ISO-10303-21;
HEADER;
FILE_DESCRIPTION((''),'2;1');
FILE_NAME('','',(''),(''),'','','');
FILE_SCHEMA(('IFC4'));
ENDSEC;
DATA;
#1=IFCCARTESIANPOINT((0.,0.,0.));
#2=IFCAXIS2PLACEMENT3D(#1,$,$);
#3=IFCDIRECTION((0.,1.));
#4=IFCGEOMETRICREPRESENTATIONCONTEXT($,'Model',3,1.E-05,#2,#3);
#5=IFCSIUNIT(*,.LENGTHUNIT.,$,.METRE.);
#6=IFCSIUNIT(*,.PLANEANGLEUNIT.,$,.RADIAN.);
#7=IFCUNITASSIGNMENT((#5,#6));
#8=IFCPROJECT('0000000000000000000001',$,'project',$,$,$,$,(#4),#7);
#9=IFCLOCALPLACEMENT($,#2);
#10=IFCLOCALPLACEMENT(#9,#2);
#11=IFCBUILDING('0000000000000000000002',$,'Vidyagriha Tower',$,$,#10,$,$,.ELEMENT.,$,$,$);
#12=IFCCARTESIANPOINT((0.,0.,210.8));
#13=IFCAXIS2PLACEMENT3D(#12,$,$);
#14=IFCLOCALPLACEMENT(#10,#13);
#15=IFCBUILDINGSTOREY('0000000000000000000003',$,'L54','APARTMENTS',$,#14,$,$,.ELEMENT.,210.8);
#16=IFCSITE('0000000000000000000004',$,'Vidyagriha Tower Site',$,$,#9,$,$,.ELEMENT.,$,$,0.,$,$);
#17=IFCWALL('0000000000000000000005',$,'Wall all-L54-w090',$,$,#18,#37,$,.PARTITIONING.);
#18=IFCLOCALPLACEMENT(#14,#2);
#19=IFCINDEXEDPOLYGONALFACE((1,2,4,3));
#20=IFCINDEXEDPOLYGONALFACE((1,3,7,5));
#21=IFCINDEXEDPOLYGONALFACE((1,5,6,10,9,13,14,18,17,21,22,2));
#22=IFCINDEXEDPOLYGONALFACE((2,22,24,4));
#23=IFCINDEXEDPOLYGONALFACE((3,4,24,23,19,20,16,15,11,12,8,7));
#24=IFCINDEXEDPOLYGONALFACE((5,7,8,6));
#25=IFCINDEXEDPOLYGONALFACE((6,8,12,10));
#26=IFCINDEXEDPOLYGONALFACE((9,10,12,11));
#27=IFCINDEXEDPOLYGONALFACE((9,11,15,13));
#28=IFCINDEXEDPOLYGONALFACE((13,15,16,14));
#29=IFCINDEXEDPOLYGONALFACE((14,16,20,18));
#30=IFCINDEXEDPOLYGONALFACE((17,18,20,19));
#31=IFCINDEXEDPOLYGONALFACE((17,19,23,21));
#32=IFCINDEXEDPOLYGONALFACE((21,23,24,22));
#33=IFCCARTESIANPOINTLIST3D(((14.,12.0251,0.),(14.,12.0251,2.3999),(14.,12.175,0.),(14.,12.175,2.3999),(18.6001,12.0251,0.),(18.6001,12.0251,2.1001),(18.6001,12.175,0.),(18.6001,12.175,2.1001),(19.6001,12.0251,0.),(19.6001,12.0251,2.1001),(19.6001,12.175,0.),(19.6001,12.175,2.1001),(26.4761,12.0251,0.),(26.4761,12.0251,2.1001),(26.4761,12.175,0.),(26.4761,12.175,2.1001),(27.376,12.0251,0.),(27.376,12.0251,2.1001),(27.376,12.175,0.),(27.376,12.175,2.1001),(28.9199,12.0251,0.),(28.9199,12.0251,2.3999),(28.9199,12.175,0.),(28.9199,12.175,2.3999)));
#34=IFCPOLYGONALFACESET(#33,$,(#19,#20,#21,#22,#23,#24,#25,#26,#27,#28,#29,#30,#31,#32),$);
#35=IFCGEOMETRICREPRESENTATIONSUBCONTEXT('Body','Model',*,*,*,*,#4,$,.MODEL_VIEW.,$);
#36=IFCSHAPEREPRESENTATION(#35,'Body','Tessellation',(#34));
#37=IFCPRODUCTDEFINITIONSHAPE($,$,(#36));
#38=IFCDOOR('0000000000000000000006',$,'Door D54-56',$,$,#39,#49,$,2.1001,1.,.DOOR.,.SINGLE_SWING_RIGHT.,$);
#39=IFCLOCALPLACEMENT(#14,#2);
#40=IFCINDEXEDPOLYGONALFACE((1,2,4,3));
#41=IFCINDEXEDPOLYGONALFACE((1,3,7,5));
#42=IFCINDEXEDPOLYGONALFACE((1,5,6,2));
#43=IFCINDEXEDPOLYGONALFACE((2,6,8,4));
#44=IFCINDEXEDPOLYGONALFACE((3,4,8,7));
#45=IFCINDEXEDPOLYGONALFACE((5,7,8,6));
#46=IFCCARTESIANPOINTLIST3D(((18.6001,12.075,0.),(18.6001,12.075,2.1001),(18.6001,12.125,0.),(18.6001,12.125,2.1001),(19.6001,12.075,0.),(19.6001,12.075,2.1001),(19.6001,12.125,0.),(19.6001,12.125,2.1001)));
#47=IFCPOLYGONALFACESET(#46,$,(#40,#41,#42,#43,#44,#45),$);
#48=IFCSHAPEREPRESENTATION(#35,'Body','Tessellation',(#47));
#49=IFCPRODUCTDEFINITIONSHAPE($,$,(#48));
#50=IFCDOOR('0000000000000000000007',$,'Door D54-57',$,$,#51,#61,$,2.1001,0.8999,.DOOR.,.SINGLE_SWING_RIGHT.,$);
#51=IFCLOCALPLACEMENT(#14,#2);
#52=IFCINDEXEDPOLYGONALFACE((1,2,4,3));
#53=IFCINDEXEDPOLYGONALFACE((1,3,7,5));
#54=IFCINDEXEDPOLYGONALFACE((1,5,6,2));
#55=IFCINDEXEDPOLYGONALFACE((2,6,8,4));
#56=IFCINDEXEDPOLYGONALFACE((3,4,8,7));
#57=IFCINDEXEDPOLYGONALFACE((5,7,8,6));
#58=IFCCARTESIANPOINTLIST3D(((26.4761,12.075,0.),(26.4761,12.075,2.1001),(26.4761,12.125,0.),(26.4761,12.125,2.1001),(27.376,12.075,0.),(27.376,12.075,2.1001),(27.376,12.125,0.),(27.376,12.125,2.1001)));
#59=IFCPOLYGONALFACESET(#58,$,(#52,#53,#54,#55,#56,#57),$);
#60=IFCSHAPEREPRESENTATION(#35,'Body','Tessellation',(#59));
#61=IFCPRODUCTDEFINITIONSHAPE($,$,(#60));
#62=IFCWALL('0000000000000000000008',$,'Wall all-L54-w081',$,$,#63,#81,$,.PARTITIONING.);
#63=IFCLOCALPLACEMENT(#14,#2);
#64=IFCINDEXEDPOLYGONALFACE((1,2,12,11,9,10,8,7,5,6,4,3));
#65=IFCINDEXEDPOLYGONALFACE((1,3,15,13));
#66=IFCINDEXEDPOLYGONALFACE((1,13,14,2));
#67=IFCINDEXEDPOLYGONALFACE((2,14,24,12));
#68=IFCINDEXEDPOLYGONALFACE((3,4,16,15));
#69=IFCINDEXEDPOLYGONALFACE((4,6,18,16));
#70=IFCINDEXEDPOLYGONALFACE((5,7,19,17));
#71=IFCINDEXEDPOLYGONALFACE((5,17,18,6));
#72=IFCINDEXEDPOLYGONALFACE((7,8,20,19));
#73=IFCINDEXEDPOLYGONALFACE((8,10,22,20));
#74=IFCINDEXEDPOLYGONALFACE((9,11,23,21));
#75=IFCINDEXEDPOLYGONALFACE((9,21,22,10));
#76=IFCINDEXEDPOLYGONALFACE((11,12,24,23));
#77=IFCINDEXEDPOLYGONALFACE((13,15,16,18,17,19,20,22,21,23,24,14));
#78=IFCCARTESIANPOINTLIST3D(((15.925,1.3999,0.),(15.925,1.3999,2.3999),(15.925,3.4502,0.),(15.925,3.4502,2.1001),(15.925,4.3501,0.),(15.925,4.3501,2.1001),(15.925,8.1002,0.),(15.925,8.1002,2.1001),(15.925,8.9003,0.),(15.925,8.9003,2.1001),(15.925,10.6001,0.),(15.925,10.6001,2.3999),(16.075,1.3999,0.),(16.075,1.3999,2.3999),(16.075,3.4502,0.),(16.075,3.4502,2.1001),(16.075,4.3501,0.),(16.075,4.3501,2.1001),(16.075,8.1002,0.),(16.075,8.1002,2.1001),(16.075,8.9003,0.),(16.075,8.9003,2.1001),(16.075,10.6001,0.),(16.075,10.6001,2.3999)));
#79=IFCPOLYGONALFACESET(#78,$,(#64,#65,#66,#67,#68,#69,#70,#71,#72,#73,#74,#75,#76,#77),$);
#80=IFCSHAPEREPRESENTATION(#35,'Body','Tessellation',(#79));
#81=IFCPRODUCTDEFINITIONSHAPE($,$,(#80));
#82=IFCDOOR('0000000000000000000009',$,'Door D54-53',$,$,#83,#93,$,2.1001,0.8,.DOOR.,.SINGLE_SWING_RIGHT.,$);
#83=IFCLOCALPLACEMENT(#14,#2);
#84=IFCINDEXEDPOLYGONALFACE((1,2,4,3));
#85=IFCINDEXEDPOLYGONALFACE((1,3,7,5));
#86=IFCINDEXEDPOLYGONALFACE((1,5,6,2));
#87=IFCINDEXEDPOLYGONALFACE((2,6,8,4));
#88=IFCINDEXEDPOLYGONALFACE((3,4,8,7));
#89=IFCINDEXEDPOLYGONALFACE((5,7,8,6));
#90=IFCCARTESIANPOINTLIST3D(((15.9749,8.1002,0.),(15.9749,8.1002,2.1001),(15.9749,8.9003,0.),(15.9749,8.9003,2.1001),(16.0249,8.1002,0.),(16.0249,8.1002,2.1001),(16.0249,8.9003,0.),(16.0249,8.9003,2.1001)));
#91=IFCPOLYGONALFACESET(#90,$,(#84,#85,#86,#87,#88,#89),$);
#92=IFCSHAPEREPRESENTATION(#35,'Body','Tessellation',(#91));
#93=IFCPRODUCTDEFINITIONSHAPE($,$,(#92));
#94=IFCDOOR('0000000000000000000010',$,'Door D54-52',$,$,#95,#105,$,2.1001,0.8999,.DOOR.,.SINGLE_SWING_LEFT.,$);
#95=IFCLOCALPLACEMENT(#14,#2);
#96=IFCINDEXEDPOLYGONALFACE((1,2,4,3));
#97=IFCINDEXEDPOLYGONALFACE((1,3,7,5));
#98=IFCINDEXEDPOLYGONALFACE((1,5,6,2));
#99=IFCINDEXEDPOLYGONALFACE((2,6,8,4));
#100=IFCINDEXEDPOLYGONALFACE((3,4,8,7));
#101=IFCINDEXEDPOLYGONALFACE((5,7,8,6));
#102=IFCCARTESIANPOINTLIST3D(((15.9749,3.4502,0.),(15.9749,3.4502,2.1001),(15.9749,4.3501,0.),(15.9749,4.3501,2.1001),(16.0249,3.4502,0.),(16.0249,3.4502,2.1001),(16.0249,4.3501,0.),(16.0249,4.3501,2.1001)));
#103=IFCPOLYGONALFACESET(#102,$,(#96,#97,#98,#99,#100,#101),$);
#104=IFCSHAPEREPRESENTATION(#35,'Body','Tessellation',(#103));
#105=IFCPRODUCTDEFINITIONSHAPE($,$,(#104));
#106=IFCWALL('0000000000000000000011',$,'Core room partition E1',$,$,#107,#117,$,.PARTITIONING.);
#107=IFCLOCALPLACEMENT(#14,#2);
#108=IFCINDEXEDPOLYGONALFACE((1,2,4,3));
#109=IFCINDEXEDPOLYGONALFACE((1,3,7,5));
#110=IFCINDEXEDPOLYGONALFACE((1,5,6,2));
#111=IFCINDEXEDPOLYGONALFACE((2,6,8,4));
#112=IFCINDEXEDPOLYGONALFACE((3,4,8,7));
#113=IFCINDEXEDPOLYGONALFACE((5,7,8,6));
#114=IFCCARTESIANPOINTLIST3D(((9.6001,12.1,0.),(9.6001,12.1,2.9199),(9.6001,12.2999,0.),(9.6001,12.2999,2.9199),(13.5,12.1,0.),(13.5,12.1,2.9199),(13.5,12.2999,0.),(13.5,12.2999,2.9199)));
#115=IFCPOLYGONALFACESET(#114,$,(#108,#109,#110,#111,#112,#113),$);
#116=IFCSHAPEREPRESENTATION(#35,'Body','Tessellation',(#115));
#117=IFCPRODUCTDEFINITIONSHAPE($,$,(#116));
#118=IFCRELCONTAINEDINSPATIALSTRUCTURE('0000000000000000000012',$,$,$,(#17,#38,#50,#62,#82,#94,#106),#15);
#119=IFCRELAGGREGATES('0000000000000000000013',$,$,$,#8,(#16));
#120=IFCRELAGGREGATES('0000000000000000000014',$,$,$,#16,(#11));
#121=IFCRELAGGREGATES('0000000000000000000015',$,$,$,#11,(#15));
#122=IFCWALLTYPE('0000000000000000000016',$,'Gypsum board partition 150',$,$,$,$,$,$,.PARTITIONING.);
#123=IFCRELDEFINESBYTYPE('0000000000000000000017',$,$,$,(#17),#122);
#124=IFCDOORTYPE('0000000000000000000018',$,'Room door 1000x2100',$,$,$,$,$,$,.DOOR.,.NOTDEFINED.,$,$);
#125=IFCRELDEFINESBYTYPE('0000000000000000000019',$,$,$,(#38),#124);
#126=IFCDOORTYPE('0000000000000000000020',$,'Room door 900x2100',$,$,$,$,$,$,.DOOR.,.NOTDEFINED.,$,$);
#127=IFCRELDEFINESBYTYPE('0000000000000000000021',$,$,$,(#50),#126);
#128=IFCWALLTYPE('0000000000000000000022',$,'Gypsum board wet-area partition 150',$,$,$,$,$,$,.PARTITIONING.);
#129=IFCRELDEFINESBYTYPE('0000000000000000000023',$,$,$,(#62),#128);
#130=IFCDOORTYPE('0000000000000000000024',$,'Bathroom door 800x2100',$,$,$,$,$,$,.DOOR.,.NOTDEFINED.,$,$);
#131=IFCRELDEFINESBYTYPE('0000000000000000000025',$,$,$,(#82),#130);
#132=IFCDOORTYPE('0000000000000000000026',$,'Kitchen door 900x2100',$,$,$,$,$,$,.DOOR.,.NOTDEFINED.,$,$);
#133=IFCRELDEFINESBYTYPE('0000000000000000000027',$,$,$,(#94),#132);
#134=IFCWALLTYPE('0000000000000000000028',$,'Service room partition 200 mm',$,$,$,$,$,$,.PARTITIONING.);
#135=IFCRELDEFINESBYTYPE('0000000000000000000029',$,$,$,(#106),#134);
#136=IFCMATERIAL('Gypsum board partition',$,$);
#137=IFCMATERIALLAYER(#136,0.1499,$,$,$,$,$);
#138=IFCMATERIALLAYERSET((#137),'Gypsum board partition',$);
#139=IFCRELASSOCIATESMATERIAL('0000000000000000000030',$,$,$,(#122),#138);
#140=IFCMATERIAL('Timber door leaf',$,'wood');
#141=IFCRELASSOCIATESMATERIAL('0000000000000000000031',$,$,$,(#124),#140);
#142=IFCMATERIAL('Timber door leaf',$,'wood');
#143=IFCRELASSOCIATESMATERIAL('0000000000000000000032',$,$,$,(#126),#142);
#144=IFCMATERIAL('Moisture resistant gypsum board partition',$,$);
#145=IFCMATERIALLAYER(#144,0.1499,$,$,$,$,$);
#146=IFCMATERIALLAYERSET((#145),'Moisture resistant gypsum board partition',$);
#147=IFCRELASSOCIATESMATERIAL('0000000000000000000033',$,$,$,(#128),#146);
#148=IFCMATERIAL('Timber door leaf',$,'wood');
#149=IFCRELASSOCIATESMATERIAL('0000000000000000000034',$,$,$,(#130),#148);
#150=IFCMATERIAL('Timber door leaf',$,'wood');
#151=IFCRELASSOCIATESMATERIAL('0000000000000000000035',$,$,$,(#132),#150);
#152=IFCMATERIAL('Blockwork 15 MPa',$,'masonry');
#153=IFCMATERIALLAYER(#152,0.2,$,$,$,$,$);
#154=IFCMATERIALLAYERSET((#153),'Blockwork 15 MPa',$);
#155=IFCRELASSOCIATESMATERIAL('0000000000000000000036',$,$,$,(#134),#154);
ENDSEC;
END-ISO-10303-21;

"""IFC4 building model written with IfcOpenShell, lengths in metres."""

from ifc_helpers import new_model, si_unit, direction, frame, frame_2d, origin, place, context, subcontext, project, spatial, rectangle, extrude, material, layer, layer_set, type_object, element, fill, save


model = new_model("IFC4")

# Units and contexts
model_context = context("Model", 3, precision=1e-05, world=origin(), true_north=direction((0.0, 1.0)))
body_context = subcontext(model_context, "Body", "Model", "MODEL_VIEW")
ifc_project = project(units=[si_unit("LENGTHUNIT", "METRE"), si_unit("PLANEANGLEUNIT", "RADIAN")], contexts=[model_context])

# Site, building, storey
site_placement = place(None, origin())
site = spatial("IfcSite", under=ifc_project, at=site_placement, Name="Vidyagriha Tower Site", CompositionType="ELEMENT", RefElevation=0.0)
building_placement = place(site_placement, origin())
building = spatial("IfcBuilding", under=site, at=building_placement, Name="Vidyagriha Tower", CompositionType="ELEMENT")
storey_placement = place(building_placement, frame((0.0, 0.0, 210.8)))
storey = spatial("IfcBuildingStorey", under=building, at=storey_placement, Name="L54", Description="APARTMENTS", CompositionType="ELEMENT", Elevation=210.8)

# Walls, openings, doors
ifc_material_1 = material(Name="Gypsum board partition")
ifc_layer_1 = layer(ifc_material_1, 0.1499)
ifc_layer_set_1 = layer_set([ifc_layer_1], Name="Gypsum board partition")
wall_type_1 = type_object("IfcWallType", Name="Gypsum board partition 150", PredefinedType="PARTITIONING", material=ifc_layer_set_1)
wall_1_placement = place(storey_placement, frame((14.0, 12.1001, 0.0)))
wall_1 = element("IfcWall", 1, at=wall_1_placement, inside=storey, type_object=wall_type_1, Name="Wall all-L54-w090", PredefinedType="PARTITIONING", context=body_context, shape_type="SweptSolid", body=[
    extrude(rectangle(XDim=14.9199, YDim=0.1499, at=frame_2d((7.46, 0.0))), origin(), (0.0, 0.0, 1.0), 2.3999),
])
opening_1_placement = place(wall_1_placement, frame((4.6001, 0.0, 0.0)))
opening_1 = element("IfcOpeningElement", 2, at=opening_1_placement, cuts=wall_1, PredefinedType="OPENING", context=body_context, shape_type="SweptSolid", body=[
    extrude(rectangle(XDim=1.0, YDim=2.1001, at=frame_2d((0.5, 1.05))), frame((0.0, 0.085, 0.0), z_axis=(0.0, -1.0, 0.0), x_axis=(1.0, 0.0, 0.0)), (0.0, 0.0, 1.0), 0.1699),
])
opening_2_placement = place(wall_1_placement, frame((12.4761, 0.0, 0.0)))
opening_2 = element("IfcOpeningElement", 3, at=opening_2_placement, cuts=wall_1, PredefinedType="OPENING", context=body_context, shape_type="SweptSolid", body=[
    extrude(rectangle(XDim=0.8999, YDim=2.1001, at=frame_2d((0.45, 1.05))), frame((0.0, 0.085, 0.0), z_axis=(0.0, -1.0, 0.0), x_axis=(1.0, 0.0, 0.0)), (0.0, 0.0, 1.0), 0.1699),
])
ifc_material_2 = material(Name="Timber door leaf", Category="wood")
door_type_1 = type_object("IfcDoorType", Name="Room door 1000x2100", OperationType="NOTDEFINED", PredefinedType="DOOR", material=ifc_material_2)
door_1_placement = place(opening_1_placement, origin())
door_1 = element("IfcDoor", 4, at=door_1_placement, inside=storey, type_object=door_type_1, Name="Door D54-56", OperationType="SINGLE_SWING_RIGHT", OverallHeight=2.1001, OverallWidth=1.0, PredefinedType="DOOR", context=body_context, shape_type="SweptSolid", body=[
    extrude(rectangle(XDim=1.0, YDim=2.1001, at=frame_2d((0.5, 1.05))), frame((0.0, 0.0249, 0.0), z_axis=(0.0, -1.0, 0.0), x_axis=(1.0, 0.0, 0.0)), (0.0, 0.0, 1.0), 0.05),
])
fill(opening_1, door_1)
ifc_material_3 = material(Name="Timber door leaf", Category="wood")
door_type_2 = type_object("IfcDoorType", Name="Room door 900x2100", OperationType="NOTDEFINED", PredefinedType="DOOR", material=ifc_material_3)
door_2_placement = place(opening_2_placement, origin())
door_2 = element("IfcDoor", 5, at=door_2_placement, inside=storey, type_object=door_type_2, Name="Door D54-57", OperationType="SINGLE_SWING_RIGHT", OverallHeight=2.1001, OverallWidth=0.8999, PredefinedType="DOOR", context=body_context, shape_type="SweptSolid", body=[
    extrude(rectangle(XDim=0.8999, YDim=2.1001, at=frame_2d((0.45, 1.05))), frame((0.0, 0.0249, 0.0), z_axis=(0.0, -1.0, 0.0), x_axis=(1.0, 0.0, 0.0)), (0.0, 0.0, 1.0), 0.05),
])
fill(opening_2, door_2)
ifc_material_4 = material(Name="Moisture resistant gypsum board partition")
ifc_layer_2 = layer(ifc_material_4, 0.1499)
ifc_layer_set_2 = layer_set([ifc_layer_2], Name="Moisture resistant gypsum board partition")
wall_type_2 = type_object("IfcWallType", Name="Gypsum board wet-area partition 150", PredefinedType="PARTITIONING", material=ifc_layer_set_2)
wall_2_placement = place(storey_placement, frame((16.0, 10.6001, 0.0), z_axis=(0.0, 0.0, 1.0), x_axis=(0.0, -1.0, 0.0)))
wall_2 = element("IfcWall", 6, at=wall_2_placement, inside=storey, type_object=wall_type_2, Name="Wall all-L54-w081", PredefinedType="PARTITIONING", context=body_context, shape_type="SweptSolid", body=[
    extrude(rectangle(XDim=9.2002, YDim=0.1499, at=frame_2d((4.6001, 0.0))), origin(), (0.0, 0.0, 1.0), 2.3999),
])
opening_3_placement = place(wall_2_placement, frame((6.25, 0.0, 0.0)))
opening_3 = element("IfcOpeningElement", 7, at=opening_3_placement, cuts=wall_2, PredefinedType="OPENING", context=body_context, shape_type="SweptSolid", body=[
    extrude(rectangle(XDim=0.8999, YDim=2.1001, at=frame_2d((0.45, 1.05))), frame((0.0, 0.085, 0.0), z_axis=(0.0, -1.0, 0.0), x_axis=(1.0, 0.0, 0.0)), (0.0, 0.0, 1.0), 0.1699),
])
opening_4_placement = place(wall_2_placement, frame((1.7, 0.0, 0.0)))
opening_4 = element("IfcOpeningElement", 8, at=opening_4_placement, cuts=wall_2, PredefinedType="OPENING", context=body_context, shape_type="SweptSolid", body=[
    extrude(rectangle(XDim=0.8, YDim=2.1001, at=frame_2d((0.3999, 1.05))), frame((0.0, 0.085, 0.0), z_axis=(0.0, -1.0, 0.0), x_axis=(1.0, 0.0, 0.0)), (0.0, 0.0, 1.0), 0.1699),
])
ifc_material_5 = material(Name="Timber door leaf", Category="wood")
door_type_3 = type_object("IfcDoorType", Name="Bathroom door 800x2100", OperationType="NOTDEFINED", PredefinedType="DOOR", material=ifc_material_5)
door_3_placement = place(opening_4_placement, origin())
door_3 = element("IfcDoor", 9, at=door_3_placement, inside=storey, type_object=door_type_3, Name="Door D54-53", OperationType="SINGLE_SWING_RIGHT", OverallHeight=2.1001, OverallWidth=0.8, PredefinedType="DOOR", context=body_context, shape_type="SweptSolid", body=[
    extrude(rectangle(XDim=0.8, YDim=2.1001, at=frame_2d((0.3999, 1.05))), frame((0.0, 0.0249, 0.0), z_axis=(0.0, -1.0, 0.0), x_axis=(1.0, 0.0, 0.0)), (0.0, 0.0, 1.0), 0.05),
])
fill(opening_4, door_3)
ifc_material_6 = material(Name="Timber door leaf", Category="wood")
door_type_4 = type_object("IfcDoorType", Name="Kitchen door 900x2100", OperationType="NOTDEFINED", PredefinedType="DOOR", material=ifc_material_6)
door_4_placement = place(opening_3_placement, origin())
door_4 = element("IfcDoor", 10, at=door_4_placement, inside=storey, type_object=door_type_4, Name="Door D54-52", OperationType="SINGLE_SWING_LEFT", OverallHeight=2.1001, OverallWidth=0.8999, PredefinedType="DOOR", context=body_context, shape_type="SweptSolid", body=[
    extrude(rectangle(XDim=0.8999, YDim=2.1001, at=frame_2d((0.45, 1.05))), frame((0.0, 0.0249, 0.0), z_axis=(0.0, -1.0, 0.0), x_axis=(1.0, 0.0, 0.0)), (0.0, 0.0, 1.0), 0.05),
])
fill(opening_3, door_4)

# Wall
ifc_material_7 = material(Name="Blockwork 15 MPa", Category="masonry")
ifc_layer_3 = layer(ifc_material_7, 0.2)
ifc_layer_set_3 = layer_set([ifc_layer_3], Name="Blockwork 15 MPa")
wall_type_3 = type_object("IfcWallType", Name="Service room partition 200 mm", PredefinedType="PARTITIONING", material=ifc_layer_set_3)
wall_3_placement = place(storey_placement, frame((9.6001, 12.2, 0.0)))
element("IfcWall", 11, at=wall_3_placement, inside=storey, type_object=wall_type_3, Name="Core room partition E1", PredefinedType="PARTITIONING", context=body_context, shape_type="SweptSolid", body=[
    extrude(rectangle(XDim=3.8999, YDim=0.2, at=frame_2d((1.95, 0.0))), origin(), (0.0, 0.0, 1.0), 2.9199),
])

save(model, "model.ifc")
